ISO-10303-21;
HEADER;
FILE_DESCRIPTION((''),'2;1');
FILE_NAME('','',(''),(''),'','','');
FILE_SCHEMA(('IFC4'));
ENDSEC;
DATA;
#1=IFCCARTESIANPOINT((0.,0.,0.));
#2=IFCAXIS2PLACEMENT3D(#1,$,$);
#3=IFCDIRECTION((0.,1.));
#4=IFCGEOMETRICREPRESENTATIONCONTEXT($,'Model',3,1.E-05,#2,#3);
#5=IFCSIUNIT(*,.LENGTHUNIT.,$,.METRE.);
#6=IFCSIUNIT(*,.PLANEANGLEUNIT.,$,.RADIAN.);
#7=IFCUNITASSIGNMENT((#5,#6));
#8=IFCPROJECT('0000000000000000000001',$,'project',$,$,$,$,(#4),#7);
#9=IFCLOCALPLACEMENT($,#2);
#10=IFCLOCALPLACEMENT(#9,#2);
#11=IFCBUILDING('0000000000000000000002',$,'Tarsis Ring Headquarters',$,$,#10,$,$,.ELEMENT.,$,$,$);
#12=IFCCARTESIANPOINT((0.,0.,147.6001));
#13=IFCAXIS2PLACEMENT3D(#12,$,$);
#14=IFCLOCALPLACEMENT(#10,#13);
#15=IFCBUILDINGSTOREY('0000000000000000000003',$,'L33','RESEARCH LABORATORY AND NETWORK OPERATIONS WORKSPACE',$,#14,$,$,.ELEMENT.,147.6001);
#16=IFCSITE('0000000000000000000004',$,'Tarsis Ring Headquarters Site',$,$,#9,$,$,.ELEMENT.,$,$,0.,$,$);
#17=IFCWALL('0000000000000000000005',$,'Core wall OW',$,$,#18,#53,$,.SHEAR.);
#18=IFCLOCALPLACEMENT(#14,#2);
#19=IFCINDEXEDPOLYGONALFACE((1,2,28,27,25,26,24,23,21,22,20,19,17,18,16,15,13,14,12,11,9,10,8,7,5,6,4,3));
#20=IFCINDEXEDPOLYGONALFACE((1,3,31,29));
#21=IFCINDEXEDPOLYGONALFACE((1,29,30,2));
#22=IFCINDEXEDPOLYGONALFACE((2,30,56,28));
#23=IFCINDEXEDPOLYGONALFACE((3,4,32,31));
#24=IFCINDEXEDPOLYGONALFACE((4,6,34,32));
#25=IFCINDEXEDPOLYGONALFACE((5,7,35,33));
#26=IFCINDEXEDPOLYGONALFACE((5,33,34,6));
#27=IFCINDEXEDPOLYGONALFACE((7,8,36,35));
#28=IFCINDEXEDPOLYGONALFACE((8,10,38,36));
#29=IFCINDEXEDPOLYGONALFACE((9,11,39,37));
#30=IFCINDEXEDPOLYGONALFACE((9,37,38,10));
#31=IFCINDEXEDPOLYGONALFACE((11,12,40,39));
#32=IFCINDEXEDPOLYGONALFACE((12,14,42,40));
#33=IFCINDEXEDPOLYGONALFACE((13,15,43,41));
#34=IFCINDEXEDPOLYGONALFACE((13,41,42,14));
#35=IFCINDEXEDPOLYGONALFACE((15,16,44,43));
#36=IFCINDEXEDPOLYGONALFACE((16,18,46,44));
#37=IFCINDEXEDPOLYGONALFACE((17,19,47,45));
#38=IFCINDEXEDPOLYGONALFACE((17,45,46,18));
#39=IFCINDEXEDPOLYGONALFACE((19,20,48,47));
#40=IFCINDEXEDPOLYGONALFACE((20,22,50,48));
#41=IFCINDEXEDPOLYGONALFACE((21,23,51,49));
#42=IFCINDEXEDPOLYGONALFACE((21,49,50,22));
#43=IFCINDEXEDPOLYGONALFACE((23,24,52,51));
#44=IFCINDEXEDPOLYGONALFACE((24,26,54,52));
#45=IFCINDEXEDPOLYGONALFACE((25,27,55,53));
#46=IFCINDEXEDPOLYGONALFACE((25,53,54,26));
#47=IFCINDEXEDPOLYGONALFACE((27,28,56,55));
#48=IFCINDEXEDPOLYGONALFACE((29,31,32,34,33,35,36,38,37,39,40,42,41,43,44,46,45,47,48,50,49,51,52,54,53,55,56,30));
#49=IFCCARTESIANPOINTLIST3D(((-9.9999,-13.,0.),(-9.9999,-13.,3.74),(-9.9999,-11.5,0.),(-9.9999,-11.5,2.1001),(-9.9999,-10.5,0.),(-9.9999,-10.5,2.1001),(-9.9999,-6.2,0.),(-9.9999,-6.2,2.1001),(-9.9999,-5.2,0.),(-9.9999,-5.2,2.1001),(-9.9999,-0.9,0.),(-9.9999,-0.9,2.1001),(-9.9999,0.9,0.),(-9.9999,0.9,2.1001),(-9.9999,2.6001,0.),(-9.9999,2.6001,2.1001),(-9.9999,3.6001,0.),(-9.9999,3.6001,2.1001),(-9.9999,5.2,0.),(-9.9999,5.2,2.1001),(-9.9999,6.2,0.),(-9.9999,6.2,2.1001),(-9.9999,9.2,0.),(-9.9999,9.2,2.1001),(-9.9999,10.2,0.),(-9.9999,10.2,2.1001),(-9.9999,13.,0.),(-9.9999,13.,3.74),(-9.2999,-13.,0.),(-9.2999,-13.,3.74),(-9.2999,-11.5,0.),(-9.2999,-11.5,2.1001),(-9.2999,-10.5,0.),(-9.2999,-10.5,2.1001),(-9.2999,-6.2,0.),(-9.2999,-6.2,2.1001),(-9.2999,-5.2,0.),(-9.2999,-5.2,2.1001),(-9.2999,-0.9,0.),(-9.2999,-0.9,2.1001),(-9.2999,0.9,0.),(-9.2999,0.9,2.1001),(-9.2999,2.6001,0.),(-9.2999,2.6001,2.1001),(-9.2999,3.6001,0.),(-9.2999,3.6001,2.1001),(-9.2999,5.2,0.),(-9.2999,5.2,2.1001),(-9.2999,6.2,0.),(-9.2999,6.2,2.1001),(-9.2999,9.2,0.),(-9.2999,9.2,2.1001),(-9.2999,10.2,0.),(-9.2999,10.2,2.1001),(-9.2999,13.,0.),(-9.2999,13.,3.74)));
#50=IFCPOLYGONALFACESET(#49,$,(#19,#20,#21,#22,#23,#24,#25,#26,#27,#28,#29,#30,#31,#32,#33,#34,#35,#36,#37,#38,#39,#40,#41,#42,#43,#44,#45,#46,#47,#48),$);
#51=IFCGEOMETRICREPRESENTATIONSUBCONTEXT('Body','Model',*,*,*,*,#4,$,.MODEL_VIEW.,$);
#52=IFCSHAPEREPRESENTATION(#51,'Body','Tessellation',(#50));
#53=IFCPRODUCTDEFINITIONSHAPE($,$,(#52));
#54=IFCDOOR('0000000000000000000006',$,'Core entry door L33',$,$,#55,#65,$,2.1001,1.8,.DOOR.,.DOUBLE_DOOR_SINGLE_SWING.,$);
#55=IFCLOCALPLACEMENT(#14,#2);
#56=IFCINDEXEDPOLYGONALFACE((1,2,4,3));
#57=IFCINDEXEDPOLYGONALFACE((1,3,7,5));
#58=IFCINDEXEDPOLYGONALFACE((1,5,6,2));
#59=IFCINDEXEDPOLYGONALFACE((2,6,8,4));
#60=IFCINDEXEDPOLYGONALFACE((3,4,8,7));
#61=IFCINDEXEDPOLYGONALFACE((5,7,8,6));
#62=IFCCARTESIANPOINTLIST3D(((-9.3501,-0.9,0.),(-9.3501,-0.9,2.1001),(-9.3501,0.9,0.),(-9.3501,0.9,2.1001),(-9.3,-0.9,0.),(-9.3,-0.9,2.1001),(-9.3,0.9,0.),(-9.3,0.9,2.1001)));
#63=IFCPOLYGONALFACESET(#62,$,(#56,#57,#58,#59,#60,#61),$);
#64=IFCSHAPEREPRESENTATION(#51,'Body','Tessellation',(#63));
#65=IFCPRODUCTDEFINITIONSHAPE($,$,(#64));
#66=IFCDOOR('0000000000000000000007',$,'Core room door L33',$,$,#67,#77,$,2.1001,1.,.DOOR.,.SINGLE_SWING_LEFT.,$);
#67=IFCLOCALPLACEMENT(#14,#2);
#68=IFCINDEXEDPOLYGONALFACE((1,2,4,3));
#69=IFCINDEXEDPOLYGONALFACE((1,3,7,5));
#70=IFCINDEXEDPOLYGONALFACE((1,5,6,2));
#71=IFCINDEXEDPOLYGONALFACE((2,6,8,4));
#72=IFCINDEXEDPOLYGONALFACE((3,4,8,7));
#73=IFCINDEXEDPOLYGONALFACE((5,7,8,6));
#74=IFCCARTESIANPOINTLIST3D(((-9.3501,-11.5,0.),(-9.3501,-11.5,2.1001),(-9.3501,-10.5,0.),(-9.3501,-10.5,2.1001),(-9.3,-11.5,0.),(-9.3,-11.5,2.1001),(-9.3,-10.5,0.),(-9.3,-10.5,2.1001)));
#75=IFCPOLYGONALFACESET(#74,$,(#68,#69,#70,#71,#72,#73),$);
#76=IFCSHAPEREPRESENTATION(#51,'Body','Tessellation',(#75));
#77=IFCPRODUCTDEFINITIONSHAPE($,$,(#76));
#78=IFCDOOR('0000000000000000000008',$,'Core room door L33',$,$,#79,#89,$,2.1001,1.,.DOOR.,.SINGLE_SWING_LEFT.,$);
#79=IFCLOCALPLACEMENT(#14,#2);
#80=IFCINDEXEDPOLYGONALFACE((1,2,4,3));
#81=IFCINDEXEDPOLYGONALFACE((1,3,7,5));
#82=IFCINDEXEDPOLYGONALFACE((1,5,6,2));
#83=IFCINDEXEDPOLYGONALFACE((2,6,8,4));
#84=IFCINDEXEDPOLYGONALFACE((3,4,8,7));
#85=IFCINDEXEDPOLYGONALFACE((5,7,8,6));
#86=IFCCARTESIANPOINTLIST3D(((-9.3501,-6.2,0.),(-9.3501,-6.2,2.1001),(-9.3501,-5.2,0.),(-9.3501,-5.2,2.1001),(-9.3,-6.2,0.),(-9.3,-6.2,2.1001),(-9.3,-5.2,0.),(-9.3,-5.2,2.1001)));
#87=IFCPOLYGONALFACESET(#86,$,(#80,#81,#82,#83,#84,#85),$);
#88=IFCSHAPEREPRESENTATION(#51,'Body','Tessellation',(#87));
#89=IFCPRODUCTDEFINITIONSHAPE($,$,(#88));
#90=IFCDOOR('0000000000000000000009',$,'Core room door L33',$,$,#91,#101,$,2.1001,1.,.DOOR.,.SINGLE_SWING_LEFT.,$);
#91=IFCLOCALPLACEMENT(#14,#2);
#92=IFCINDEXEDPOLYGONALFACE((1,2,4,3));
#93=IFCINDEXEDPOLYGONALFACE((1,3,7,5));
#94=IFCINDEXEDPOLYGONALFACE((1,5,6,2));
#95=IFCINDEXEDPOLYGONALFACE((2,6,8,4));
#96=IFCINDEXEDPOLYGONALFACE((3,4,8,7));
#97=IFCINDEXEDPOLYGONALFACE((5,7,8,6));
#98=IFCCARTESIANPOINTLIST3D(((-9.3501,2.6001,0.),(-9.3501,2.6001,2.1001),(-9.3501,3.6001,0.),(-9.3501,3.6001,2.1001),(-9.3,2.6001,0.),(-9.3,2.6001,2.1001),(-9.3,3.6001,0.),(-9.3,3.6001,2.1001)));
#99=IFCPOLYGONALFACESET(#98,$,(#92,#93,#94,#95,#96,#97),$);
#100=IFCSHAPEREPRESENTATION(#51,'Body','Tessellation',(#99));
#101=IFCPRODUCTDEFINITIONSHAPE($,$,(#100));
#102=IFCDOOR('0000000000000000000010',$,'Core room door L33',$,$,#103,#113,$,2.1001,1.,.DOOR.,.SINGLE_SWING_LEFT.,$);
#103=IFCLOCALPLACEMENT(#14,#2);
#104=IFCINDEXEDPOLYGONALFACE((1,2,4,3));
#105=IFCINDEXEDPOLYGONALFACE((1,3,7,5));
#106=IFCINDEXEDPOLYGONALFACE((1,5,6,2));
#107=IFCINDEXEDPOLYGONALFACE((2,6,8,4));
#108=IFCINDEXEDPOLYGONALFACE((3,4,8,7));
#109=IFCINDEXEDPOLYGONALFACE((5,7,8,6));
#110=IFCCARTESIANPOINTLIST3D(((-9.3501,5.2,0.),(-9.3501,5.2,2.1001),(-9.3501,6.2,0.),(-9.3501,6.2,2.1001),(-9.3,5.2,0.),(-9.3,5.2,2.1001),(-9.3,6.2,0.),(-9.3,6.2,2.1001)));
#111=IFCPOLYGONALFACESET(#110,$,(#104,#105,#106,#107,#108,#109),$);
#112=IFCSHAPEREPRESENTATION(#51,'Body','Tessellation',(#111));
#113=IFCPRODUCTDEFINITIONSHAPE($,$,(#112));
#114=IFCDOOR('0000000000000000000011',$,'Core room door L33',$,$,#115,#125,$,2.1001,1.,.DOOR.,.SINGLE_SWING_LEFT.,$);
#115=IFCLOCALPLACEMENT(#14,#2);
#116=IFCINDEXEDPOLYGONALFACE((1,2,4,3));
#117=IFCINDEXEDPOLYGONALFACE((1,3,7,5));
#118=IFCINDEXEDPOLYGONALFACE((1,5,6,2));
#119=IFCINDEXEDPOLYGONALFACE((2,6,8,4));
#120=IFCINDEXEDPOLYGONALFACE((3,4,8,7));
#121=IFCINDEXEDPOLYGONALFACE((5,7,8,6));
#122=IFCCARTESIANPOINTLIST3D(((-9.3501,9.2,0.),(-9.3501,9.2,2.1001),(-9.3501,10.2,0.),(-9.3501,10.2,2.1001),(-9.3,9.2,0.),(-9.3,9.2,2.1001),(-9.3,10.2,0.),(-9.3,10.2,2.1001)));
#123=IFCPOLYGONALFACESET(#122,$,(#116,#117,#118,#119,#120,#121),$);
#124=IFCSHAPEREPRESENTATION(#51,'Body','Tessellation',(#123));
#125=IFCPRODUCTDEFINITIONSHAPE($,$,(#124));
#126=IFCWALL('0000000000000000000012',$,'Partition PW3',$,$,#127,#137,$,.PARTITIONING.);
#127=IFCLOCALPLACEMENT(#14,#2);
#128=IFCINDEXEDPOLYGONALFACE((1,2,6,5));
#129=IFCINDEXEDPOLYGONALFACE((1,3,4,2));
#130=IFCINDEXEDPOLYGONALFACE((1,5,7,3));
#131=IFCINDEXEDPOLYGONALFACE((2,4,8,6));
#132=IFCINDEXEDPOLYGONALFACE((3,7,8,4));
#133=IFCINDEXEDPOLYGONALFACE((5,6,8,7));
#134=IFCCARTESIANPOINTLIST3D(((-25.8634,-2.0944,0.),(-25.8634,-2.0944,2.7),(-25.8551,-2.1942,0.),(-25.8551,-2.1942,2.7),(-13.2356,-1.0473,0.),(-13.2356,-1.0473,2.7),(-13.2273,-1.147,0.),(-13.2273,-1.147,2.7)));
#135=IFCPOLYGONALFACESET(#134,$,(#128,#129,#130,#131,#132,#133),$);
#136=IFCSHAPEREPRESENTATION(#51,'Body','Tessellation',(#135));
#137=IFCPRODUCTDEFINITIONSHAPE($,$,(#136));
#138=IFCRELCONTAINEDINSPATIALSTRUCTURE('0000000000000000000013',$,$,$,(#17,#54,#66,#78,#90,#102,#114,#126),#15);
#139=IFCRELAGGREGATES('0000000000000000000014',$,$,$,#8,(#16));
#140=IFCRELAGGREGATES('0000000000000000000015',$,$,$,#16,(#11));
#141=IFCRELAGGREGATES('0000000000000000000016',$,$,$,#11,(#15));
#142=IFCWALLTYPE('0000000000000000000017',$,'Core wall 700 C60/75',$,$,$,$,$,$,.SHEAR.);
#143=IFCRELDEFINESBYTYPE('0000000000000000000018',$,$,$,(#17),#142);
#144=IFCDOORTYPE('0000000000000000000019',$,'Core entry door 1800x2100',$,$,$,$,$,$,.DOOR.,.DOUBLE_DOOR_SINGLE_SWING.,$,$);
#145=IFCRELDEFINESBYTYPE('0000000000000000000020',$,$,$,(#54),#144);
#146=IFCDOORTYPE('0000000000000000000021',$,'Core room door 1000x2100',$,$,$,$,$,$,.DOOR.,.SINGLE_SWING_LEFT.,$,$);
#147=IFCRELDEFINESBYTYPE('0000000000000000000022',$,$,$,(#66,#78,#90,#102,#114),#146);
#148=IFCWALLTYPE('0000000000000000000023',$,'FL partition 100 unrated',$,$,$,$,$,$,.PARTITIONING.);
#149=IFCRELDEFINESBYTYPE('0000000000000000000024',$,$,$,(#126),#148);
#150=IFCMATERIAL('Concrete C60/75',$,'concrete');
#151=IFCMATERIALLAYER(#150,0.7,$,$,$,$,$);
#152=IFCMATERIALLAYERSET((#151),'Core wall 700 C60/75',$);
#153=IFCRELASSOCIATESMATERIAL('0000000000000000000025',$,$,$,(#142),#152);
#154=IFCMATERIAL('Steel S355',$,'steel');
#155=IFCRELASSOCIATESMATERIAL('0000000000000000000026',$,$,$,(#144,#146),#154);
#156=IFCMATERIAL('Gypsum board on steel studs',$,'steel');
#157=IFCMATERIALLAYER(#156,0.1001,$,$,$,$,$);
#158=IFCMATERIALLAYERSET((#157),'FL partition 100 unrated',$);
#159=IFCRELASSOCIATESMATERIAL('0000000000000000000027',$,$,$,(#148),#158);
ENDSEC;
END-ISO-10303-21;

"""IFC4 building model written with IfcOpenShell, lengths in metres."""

from ifc_helpers import new_model, si_unit, direction, frame, frame_2d, origin, place, context, subcontext, project, spatial, rectangle, extrude, material, layer, layer_set, type_object, element, fill, save


model = new_model("IFC4")

# Units and contexts
model_context = context("Model", 3, precision=1e-05, world=origin(), true_north=direction((0.0, 1.0)))
body_context = subcontext(model_context, "Body", "Model", "MODEL_VIEW")
ifc_project = project(units=[si_unit("LENGTHUNIT", "METRE"), si_unit("PLANEANGLEUNIT", "RADIAN")], contexts=[model_context])

# Site, building, storey
site_placement = place(None, origin())
site = spatial("IfcSite", under=ifc_project, at=site_placement, Name="Tarsis Ring Headquarters Site", CompositionType="ELEMENT", RefElevation=0.0)
building_placement = place(site_placement, origin())
building = spatial("IfcBuilding", under=site, at=building_placement, Name="Tarsis Ring Headquarters", CompositionType="ELEMENT")
storey_placement = place(building_placement, frame((0.0, 0.0, 147.6001)))
storey = spatial("IfcBuildingStorey", under=building, at=storey_placement, Name="L33", Description="RESEARCH LABORATORY AND NETWORK OPERATIONS WORKSPACE", CompositionType="ELEMENT", Elevation=147.6001)

# Wall, openings, doors
ifc_material_1 = material(Name="Concrete C60/75", Category="concrete")
ifc_layer_1 = layer(ifc_material_1, 0.7)
ifc_layer_set_1 = layer_set([ifc_layer_1], Name="Core wall 700 C60/75")
wall_type_1 = type_object("IfcWallType", Name="Core wall 700 C60/75", PredefinedType="SHEAR", material=ifc_layer_set_1)
wall_1_placement = place(storey_placement, frame((-9.6499, -13.0, 0.0), z_axis=(0.0, 0.0, 1.0), x_axis=(0.0, 1.0, 0.0)))
wall_1 = element("IfcWall", 1, at=wall_1_placement, inside=storey, type_object=wall_type_1, Name="Core wall OW", PredefinedType="SHEAR", context=body_context, shape_type="SweptSolid", body=[
    extrude(rectangle(XDim=26.0, YDim=0.7, at=frame_2d((13.0, 0.0))), origin(), (0.0, 0.0, 1.0), 3.74),
])
opening_1_placement = place(wall_1_placement, frame((1.5, 0.0, 0.0)))
opening_1 = element("IfcOpeningElement", 2, at=opening_1_placement, cuts=wall_1, PredefinedType="OPENING", context=body_context, shape_type="SweptSolid", body=[
    extrude(rectangle(XDim=1.0, YDim=2.1001, at=frame_2d((0.5, 1.05))), frame((0.0, 0.3599, 0.0), z_axis=(0.0, -1.0, 0.0), x_axis=(1.0, 0.0, 0.0)), (0.0, 0.0, 1.0), 0.72),
])
opening_2_placement = place(wall_1_placement, frame((6.8, 0.0, 0.0)))
opening_2 = element("IfcOpeningElement", 3, at=opening_2_placement, cuts=wall_1, PredefinedType="OPENING", context=body_context, shape_type="SweptSolid", body=[
    extrude(rectangle(XDim=1.0, YDim=2.1001, at=frame_2d((0.5, 1.05))), frame((0.0, 0.3599, 0.0), z_axis=(0.0, -1.0, 0.0), x_axis=(1.0, 0.0, 0.0)), (0.0, 0.0, 1.0), 0.72),
])
opening_3_placement = place(wall_1_placement, frame((12.1001, 0.0, 0.0)))
opening_3 = element("IfcOpeningElement", 4, at=opening_3_placement, cuts=wall_1, PredefinedType="OPENING", context=body_context, shape_type="SweptSolid", body=[
    extrude(rectangle(XDim=1.8, YDim=2.1001, at=frame_2d((0.8999, 1.05))), frame((0.0, 0.3599, 0.0), z_axis=(0.0, -1.0, 0.0), x_axis=(1.0, 0.0, 0.0)), (0.0, 0.0, 1.0), 0.72),
])
opening_4_placement = place(wall_1_placement, frame((15.6001, 0.0, 0.0)))
opening_4 = element("IfcOpeningElement", 5, at=opening_4_placement, cuts=wall_1, PredefinedType="OPENING", context=body_context, shape_type="SweptSolid", body=[
    extrude(rectangle(XDim=1.0, YDim=2.1001, at=frame_2d((0.5, 1.05))), frame((0.0, 0.3599, 0.0), z_axis=(0.0, -1.0, 0.0), x_axis=(1.0, 0.0, 0.0)), (0.0, 0.0, 1.0), 0.72),
])
opening_5_placement = place(wall_1_placement, frame((18.2, 0.0, 0.0)))
opening_5 = element("IfcOpeningElement", 6, at=opening_5_placement, cuts=wall_1, PredefinedType="OPENING", context=body_context, shape_type="SweptSolid", body=[
    extrude(rectangle(XDim=1.0, YDim=2.1001, at=frame_2d((0.5, 1.05))), frame((0.0, 0.3599, 0.0), z_axis=(0.0, -1.0, 0.0), x_axis=(1.0, 0.0, 0.0)), (0.0, 0.0, 1.0), 0.72),
])
opening_6_placement = place(wall_1_placement, frame((22.2, 0.0, 0.0)))
opening_6 = element("IfcOpeningElement", 7, at=opening_6_placement, cuts=wall_1, PredefinedType="OPENING", context=body_context, shape_type="SweptSolid", body=[
    extrude(rectangle(XDim=1.0, YDim=2.1001, at=frame_2d((0.5, 1.05))), frame((0.0, 0.3599, 0.0), z_axis=(0.0, -1.0, 0.0), x_axis=(1.0, 0.0, 0.0)), (0.0, 0.0, 1.0), 0.72),
])
ifc_material_2 = material(Name="Steel S355", Category="steel")
door_type_1 = type_object("IfcDoorType", Name="Core entry door 1800x2100", OperationType="DOUBLE_DOOR_SINGLE_SWING", PredefinedType="DOOR", material=ifc_material_2)
door_1_placement = place(opening_3_placement, origin())
door_1 = element("IfcDoor", 8, at=door_1_placement, inside=storey, type_object=door_type_1, Name="Core entry door L33", OperationType="DOUBLE_DOOR_SINGLE_SWING", OverallHeight=2.1001, OverallWidth=1.8, PredefinedType="DOOR", context=body_context, shape_type="SweptSolid", body=[
    extrude(rectangle(XDim=1.8, YDim=2.1001, at=frame_2d((0.8999, 1.05))), frame((0.0, -0.2998, 0.0), z_axis=(0.0, -1.0, 0.0), x_axis=(1.0, 0.0, 0.0)), (0.0, 0.0, 1.0), 0.05),
])
fill(opening_3, door_1)
door_type_2 = type_object("IfcDoorType", Name="Core room door 1000x2100", OperationType="SINGLE_SWING_LEFT", PredefinedType="DOOR", material=ifc_material_2)
door_2_placement = place(opening_1_placement, origin())
door_2 = element("IfcDoor", 9, at=door_2_placement, inside=storey, type_object=door_type_2, Name="Core room door L33", OperationType="SINGLE_SWING_LEFT", OverallHeight=2.1001, OverallWidth=1.0, PredefinedType="DOOR", context=body_context, shape_type="SweptSolid", body=[
    extrude(rectangle(XDim=1.0, YDim=2.1001, at=frame_2d((0.5, 1.05))), frame((0.0, -0.2998, 0.0), z_axis=(0.0, -1.0, 0.0), x_axis=(1.0, 0.0, 0.0)), (0.0, 0.0, 1.0), 0.05),
])
fill(opening_1, door_2)
door_3_placement = place(opening_2_placement, origin())
door_3 = element("IfcDoor", 10, at=door_3_placement, inside=storey, type_object=door_type_2, Name="Core room door L33", OperationType="SINGLE_SWING_LEFT", OverallHeight=2.1001, OverallWidth=1.0, PredefinedType="DOOR", context=body_context, shape_type="SweptSolid", body=[
    extrude(rectangle(XDim=1.0, YDim=2.1001, at=frame_2d((0.5, 1.05))), frame((0.0, -0.2998, 0.0), z_axis=(0.0, -1.0, 0.0), x_axis=(1.0, 0.0, 0.0)), (0.0, 0.0, 1.0), 0.05),
])
fill(opening_2, door_3)
door_4_placement = place(opening_4_placement, origin())
door_4 = element("IfcDoor", 11, at=door_4_placement, inside=storey, type_object=door_type_2, Name="Core room door L33", OperationType="SINGLE_SWING_LEFT", OverallHeight=2.1001, OverallWidth=1.0, PredefinedType="DOOR", context=body_context, shape_type="SweptSolid", body=[
    extrude(rectangle(XDim=1.0, YDim=2.1001, at=frame_2d((0.5, 1.05))), frame((0.0, -0.2998, 0.0), z_axis=(0.0, -1.0, 0.0), x_axis=(1.0, 0.0, 0.0)), (0.0, 0.0, 1.0), 0.05),
])
fill(opening_4, door_4)
door_5_placement = place(opening_5_placement, origin())
door_5 = element("IfcDoor", 12, at=door_5_placement, inside=storey, type_object=door_type_2, Name="Core room door L33", OperationType="SINGLE_SWING_LEFT", OverallHeight=2.1001, OverallWidth=1.0, PredefinedType="DOOR", context=body_context, shape_type="SweptSolid", body=[
    extrude(rectangle(XDim=1.0, YDim=2.1001, at=frame_2d((0.5, 1.05))), frame((0.0, -0.2998, 0.0), z_axis=(0.0, -1.0, 0.0), x_axis=(1.0, 0.0, 0.0)), (0.0, 0.0, 1.0), 0.05),
])
fill(opening_5, door_5)
door_6_placement = place(opening_6_placement, origin())
door_6 = element("IfcDoor", 13, at=door_6_placement, inside=storey, type_object=door_type_2, Name="Core room door L33", OperationType="SINGLE_SWING_LEFT", OverallHeight=2.1001, OverallWidth=1.0, PredefinedType="DOOR", context=body_context, shape_type="SweptSolid", body=[
    extrude(rectangle(XDim=1.0, YDim=2.1001, at=frame_2d((0.5, 1.05))), frame((0.0, -0.2998, 0.0), z_axis=(0.0, -1.0, 0.0), x_axis=(1.0, 0.0, 0.0)), (0.0, 0.0, 1.0), 0.05),
])
fill(opening_6, door_6)

# Wall
ifc_material_3 = material(Name="Gypsum board on steel studs", Category="steel")
ifc_layer_2 = layer(ifc_material_3, 0.1001)
ifc_layer_set_2 = layer_set([ifc_layer_2], Name="FL partition 100 unrated")
wall_type_2 = type_object("IfcWallType", Name="FL partition 100 unrated", PredefinedType="PARTITIONING", material=ifc_layer_set_2)
wall_2_placement = place(storey_placement, frame((-25.8591, -2.1443, 0.0), z_axis=(0.0, 0.0, 1.0), x_axis=(0.99658, 0.082639, 0.0)))
element("IfcWall", 14, at=wall_2_placement, inside=storey, type_object=wall_type_2, Name="Partition PW3", PredefinedType="PARTITIONING", context=body_context, shape_type="SweptSolid", body=[
    extrude(rectangle(XDim=12.6711, YDim=0.1001, at=frame_2d((6.3354, 0.0))), origin(), (0.0, 0.0, 1.0), 2.7),
])

save(model, "model.ifc")
